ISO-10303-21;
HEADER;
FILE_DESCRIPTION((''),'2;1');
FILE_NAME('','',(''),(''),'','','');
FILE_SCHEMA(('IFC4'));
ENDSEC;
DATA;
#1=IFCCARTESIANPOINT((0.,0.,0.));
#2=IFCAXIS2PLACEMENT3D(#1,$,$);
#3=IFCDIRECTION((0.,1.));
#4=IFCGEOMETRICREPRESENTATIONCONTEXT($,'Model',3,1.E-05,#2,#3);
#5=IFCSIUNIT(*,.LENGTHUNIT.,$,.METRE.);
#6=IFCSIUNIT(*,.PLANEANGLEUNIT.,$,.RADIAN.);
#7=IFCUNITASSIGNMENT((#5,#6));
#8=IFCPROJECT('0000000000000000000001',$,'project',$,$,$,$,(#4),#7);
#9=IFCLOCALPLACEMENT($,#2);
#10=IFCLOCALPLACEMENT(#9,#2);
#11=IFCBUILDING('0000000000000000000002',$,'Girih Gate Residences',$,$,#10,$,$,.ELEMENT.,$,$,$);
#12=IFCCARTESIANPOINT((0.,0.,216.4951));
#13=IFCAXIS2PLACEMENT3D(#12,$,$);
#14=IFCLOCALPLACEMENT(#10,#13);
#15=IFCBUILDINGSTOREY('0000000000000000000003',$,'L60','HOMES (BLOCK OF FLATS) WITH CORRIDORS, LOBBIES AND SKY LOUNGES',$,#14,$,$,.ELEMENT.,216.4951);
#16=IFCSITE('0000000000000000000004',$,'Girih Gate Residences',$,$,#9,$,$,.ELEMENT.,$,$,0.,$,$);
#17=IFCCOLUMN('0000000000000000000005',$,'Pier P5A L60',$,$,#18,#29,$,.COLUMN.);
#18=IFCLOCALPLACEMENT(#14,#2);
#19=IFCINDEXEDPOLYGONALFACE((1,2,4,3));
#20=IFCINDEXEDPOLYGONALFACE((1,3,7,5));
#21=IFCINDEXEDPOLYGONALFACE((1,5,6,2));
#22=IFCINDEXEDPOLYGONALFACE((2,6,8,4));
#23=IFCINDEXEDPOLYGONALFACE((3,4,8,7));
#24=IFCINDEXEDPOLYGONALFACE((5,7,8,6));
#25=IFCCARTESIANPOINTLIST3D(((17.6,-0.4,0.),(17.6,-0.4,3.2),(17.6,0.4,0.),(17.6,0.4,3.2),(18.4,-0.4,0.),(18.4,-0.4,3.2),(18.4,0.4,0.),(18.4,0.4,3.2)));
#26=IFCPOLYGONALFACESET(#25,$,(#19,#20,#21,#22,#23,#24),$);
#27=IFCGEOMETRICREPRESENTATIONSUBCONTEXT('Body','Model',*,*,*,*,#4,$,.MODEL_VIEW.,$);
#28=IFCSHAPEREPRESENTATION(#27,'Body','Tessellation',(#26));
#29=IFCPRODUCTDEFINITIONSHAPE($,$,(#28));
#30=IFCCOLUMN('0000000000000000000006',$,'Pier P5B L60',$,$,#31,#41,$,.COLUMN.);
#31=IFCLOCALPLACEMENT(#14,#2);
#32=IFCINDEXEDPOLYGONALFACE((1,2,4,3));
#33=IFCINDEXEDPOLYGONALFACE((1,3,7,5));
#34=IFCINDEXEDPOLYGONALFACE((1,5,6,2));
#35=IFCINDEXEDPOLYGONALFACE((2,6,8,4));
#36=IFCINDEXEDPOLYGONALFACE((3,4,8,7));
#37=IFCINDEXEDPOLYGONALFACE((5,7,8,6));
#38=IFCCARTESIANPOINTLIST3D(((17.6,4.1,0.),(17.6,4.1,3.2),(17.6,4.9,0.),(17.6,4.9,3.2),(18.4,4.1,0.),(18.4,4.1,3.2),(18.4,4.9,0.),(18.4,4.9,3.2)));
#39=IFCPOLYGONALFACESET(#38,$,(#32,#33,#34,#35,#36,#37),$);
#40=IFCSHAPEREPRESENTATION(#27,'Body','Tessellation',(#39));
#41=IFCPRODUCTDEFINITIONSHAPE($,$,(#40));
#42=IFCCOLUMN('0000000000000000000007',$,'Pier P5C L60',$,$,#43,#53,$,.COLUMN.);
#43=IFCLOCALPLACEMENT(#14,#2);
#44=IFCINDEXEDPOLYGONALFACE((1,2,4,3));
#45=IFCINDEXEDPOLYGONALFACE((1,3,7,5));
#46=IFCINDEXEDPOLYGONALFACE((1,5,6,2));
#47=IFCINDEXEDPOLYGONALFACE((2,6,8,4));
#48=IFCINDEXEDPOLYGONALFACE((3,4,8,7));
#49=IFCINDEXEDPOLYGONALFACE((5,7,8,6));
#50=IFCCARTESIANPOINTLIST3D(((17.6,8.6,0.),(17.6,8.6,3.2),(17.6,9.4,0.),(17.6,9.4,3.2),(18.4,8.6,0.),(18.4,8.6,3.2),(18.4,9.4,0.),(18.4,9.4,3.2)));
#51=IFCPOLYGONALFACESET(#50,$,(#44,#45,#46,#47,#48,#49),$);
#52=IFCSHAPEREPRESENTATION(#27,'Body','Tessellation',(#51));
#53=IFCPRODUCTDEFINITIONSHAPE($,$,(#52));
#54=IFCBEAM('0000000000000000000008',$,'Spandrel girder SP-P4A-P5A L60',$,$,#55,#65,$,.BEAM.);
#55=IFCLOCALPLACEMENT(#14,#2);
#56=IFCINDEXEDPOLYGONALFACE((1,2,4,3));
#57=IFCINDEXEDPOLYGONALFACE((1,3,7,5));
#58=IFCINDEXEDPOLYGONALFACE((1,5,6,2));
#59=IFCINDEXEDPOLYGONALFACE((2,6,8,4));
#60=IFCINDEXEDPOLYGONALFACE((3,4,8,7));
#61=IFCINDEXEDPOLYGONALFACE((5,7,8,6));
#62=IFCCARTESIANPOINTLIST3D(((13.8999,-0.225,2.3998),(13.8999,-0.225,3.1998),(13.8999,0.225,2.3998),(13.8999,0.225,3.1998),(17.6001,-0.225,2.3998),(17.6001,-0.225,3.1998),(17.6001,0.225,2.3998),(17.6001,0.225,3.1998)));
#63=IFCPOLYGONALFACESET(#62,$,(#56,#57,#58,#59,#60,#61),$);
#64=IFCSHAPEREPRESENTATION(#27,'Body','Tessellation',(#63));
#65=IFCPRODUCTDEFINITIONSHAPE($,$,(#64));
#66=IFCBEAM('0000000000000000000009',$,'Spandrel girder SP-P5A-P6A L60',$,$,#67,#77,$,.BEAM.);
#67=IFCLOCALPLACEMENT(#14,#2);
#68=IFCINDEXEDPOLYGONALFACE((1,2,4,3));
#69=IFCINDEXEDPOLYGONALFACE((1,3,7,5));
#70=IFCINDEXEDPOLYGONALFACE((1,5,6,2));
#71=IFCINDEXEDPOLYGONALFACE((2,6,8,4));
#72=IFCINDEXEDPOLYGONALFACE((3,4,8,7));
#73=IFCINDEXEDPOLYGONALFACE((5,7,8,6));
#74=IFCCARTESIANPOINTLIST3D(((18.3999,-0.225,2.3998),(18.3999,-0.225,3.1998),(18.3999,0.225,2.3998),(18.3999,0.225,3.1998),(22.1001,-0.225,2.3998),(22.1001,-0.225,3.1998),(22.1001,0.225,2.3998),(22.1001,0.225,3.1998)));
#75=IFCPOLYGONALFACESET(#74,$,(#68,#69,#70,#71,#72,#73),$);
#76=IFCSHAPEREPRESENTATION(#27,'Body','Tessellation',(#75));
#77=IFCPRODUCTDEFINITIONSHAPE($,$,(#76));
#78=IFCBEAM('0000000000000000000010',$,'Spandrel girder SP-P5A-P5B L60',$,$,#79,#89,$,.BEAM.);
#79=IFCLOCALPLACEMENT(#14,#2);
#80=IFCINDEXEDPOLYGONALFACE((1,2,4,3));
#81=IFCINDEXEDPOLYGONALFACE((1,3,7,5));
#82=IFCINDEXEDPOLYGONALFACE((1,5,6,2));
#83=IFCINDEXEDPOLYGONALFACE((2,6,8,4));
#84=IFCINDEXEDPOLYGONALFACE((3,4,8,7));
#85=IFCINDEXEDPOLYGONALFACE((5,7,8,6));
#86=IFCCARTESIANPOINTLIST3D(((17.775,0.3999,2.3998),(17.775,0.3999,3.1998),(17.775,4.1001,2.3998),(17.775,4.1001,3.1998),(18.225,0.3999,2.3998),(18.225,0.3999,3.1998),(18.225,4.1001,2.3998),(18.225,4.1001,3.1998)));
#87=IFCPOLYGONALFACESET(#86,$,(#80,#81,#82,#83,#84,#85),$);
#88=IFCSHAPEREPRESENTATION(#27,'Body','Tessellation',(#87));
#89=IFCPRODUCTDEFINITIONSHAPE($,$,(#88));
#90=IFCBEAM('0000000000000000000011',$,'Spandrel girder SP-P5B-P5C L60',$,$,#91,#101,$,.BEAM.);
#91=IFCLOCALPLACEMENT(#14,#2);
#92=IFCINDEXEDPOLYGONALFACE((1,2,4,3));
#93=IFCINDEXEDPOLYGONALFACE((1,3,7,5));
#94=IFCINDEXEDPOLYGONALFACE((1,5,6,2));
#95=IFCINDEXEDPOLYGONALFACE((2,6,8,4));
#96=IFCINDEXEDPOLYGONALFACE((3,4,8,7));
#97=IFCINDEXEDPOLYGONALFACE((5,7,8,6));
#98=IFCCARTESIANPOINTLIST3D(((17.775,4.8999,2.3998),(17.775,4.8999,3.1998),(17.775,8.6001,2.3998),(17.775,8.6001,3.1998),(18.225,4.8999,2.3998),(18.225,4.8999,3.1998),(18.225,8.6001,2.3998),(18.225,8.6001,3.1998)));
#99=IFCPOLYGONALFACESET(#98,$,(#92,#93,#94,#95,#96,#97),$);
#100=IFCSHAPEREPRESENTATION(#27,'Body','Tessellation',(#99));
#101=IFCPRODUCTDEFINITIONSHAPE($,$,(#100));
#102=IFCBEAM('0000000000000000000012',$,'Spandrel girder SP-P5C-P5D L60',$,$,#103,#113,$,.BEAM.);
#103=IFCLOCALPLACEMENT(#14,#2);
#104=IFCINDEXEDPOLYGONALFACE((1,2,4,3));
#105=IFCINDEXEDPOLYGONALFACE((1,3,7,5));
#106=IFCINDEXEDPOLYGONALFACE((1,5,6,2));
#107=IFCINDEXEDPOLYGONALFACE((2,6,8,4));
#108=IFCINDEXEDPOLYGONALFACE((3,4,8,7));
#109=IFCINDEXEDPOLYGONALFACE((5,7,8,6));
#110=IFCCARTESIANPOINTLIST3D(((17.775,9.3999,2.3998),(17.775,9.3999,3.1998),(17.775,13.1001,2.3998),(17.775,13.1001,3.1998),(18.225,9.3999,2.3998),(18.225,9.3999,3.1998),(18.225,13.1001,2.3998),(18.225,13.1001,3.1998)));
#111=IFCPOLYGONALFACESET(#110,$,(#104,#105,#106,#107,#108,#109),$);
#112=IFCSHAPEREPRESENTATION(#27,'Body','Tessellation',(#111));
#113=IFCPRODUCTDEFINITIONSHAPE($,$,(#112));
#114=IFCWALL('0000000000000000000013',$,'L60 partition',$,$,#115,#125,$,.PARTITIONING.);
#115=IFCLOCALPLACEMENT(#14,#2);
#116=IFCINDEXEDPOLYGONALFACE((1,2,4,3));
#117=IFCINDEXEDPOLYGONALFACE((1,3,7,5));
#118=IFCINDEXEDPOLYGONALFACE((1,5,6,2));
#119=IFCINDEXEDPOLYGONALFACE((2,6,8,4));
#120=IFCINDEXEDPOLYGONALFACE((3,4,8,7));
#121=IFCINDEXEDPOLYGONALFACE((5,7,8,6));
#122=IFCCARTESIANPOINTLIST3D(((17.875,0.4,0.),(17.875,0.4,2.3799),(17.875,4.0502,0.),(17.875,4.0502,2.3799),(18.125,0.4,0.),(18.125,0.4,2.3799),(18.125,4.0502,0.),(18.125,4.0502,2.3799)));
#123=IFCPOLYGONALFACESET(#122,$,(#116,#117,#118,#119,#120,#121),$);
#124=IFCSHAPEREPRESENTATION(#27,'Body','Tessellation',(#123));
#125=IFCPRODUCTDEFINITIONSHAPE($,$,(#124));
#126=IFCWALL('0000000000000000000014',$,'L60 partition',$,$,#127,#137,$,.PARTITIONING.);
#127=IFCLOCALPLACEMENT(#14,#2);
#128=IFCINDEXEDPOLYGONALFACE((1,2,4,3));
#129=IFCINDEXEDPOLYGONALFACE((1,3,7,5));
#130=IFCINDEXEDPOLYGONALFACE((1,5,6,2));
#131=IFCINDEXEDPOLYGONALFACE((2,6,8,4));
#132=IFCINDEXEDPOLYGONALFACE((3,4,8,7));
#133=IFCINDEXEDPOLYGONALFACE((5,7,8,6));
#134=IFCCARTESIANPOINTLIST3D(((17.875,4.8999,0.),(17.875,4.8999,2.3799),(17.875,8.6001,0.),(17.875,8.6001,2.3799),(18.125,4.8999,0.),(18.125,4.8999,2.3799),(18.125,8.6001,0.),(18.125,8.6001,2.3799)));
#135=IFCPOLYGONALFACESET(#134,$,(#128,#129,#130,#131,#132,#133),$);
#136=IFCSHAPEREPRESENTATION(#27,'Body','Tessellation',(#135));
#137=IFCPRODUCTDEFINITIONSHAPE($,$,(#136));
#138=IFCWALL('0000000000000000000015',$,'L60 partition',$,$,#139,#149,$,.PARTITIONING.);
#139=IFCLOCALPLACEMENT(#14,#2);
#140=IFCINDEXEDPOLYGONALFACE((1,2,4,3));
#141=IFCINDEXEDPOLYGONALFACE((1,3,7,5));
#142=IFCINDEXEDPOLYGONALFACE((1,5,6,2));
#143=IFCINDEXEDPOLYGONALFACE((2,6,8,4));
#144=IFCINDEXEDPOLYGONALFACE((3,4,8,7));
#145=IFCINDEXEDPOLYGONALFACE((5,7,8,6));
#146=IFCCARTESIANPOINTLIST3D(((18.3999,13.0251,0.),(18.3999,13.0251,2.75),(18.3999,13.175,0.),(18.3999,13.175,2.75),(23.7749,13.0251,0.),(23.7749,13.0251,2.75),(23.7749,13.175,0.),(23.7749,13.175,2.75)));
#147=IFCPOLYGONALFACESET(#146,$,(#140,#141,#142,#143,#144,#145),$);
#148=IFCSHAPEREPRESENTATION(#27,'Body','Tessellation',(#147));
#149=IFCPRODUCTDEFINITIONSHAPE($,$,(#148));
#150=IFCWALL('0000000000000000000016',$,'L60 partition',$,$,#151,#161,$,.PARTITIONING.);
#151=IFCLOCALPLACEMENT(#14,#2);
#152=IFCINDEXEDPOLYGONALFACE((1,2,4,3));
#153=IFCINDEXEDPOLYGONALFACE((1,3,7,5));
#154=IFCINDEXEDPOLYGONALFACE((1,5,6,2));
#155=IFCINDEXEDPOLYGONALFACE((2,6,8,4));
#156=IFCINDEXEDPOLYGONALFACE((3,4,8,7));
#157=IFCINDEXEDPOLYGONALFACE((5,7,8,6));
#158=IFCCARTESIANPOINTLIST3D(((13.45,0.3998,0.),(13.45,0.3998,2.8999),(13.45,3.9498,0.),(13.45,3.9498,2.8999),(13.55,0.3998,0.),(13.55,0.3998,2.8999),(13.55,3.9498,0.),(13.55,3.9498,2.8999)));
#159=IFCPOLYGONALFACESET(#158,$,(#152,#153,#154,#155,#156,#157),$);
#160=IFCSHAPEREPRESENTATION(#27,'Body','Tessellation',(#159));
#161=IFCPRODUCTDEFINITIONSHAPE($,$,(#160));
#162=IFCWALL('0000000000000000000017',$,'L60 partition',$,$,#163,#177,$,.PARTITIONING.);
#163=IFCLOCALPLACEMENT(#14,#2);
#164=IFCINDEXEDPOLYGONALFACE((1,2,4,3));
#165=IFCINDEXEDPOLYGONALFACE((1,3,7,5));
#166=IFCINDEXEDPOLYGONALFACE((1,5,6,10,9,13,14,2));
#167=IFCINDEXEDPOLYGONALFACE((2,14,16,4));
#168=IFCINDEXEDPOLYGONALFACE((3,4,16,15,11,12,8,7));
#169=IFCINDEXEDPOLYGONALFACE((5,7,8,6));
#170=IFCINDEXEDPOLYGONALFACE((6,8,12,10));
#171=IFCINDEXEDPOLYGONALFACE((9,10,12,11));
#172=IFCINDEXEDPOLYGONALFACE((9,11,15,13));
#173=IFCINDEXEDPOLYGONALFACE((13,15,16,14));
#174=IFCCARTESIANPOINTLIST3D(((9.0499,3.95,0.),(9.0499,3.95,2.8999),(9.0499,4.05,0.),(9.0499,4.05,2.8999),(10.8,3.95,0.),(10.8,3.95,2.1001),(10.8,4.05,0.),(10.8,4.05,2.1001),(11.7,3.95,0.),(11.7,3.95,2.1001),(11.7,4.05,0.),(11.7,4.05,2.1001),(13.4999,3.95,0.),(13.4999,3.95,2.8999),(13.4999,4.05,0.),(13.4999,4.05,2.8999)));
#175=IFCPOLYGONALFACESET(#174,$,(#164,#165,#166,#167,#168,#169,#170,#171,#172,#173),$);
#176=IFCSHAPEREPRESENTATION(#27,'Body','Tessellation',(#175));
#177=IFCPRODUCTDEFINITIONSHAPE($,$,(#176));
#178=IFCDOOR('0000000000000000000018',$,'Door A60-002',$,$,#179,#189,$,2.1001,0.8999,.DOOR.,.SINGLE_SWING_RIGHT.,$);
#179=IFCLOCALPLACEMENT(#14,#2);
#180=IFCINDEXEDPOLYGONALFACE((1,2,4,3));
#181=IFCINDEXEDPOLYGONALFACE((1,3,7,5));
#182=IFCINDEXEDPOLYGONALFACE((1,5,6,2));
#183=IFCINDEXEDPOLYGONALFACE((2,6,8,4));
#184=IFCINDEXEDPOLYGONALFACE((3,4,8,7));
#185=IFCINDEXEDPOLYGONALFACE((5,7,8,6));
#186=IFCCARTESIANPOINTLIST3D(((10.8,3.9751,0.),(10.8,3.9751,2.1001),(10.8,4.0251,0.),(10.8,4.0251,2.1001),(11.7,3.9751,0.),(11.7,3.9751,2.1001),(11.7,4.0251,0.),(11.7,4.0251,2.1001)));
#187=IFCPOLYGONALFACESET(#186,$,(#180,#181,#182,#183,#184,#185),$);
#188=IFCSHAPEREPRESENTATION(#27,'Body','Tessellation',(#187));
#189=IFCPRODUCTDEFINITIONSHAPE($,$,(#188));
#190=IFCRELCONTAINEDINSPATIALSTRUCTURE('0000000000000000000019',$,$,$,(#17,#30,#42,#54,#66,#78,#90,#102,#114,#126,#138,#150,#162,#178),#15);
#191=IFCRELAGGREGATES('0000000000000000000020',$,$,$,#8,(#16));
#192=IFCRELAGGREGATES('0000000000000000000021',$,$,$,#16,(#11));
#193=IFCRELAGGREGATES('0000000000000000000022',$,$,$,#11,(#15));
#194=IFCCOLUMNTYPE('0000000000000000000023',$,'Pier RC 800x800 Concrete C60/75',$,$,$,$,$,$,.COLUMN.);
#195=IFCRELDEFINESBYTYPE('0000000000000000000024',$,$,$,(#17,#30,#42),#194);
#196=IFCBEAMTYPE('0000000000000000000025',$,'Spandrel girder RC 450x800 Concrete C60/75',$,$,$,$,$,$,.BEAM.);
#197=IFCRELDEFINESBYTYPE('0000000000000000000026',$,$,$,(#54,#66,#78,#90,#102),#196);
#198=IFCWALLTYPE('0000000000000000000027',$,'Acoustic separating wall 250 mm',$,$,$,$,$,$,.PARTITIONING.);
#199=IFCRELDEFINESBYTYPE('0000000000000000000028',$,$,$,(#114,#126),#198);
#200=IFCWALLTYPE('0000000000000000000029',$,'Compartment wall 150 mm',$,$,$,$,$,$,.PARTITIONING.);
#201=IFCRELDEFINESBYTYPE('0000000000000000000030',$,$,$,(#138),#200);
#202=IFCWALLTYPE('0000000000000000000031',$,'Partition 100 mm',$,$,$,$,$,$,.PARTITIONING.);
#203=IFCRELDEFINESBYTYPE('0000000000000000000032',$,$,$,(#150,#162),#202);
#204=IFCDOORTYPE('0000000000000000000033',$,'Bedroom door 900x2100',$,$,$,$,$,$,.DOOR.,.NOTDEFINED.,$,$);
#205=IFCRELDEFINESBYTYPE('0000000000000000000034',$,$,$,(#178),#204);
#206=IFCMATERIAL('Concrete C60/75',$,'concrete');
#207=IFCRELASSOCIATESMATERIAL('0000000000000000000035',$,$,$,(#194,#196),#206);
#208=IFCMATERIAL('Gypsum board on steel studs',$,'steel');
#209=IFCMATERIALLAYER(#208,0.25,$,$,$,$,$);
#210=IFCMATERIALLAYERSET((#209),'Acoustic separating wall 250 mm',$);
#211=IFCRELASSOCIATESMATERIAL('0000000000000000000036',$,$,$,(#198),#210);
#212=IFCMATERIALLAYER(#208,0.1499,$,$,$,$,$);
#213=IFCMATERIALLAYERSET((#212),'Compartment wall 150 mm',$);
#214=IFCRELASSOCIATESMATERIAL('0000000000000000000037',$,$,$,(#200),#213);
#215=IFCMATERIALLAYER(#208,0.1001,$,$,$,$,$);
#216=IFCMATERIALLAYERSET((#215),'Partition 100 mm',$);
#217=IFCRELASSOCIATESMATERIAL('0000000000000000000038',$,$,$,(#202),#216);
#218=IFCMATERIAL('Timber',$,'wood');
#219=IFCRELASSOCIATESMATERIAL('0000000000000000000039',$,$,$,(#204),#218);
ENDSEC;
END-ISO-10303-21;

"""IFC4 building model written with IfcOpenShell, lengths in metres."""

from ifc_helpers import new_model, si_unit, direction, frame, frame_2d, origin, origin_2d, place, context, subcontext, project, spatial, rectangle, extrude, material, layer, layer_set, material_profile, profile_set, type_object, element, fill, save


model = new_model("IFC4")

# Units and contexts
model_context = context("Model", 3, precision=1e-05, world=origin(), true_north=direction((0.0, 1.0)))
body_context = subcontext(model_context, "Body", "Model", "MODEL_VIEW")
ifc_project = project(units=[si_unit("LENGTHUNIT", "METRE"), si_unit("PLANEANGLEUNIT", "RADIAN")], contexts=[model_context])

# Site, building, storey
site_placement = place(None, origin())
site = spatial("IfcSite", under=ifc_project, at=site_placement, Name="Girih Gate Residences", CompositionType="ELEMENT", RefElevation=0.0)
building_placement = place(site_placement, origin())
building = spatial("IfcBuilding", under=site, at=building_placement, Name="Girih Gate Residences", CompositionType="ELEMENT")
storey_placement = place(building_placement, frame((0.0, 0.0, 216.4951)))
storey = spatial("IfcBuildingStorey", under=building, at=storey_placement, Name="L60", Description="HOMES (BLOCK OF FLATS) WITH CORRIDORS, LOBBIES AND SKY LOUNGES", CompositionType="ELEMENT", Elevation=216.4951)

# Columns
ifc_material_1 = material(Name="Concrete C60/75", Category="concrete")
ifc_material_profile_1 = material_profile(ifc_material_1, rectangle(XDim=0.8, YDim=0.8, at=origin_2d()))
ifc_profile_set_1 = profile_set([ifc_material_profile_1], Name="Concrete C60/75")
column_type = type_object("IfcColumnType", Name="Pier RC 800x800 Concrete C60/75", PredefinedType="COLUMN", material=ifc_profile_set_1)
for number, where, z_axis, x_axis, name in (
    (1, (18.0, 0.0, 0.0), (0.0, 0.0, 1.0), (1.0, 0.0, 0.0), "Pier P5A L60"),
    (2, (18.0, 4.5, 0.0), (0.0, 0.0, 1.0), (1.0, 0.0, 0.0), "Pier P5B L60"),
    (3, (18.0, 9.0, 0.0), (0.0, 0.0, 1.0), (1.0, 0.0, 0.0), "Pier P5C L60"),
):
    element("IfcColumn", number, at=place(storey_placement, frame(where, z_axis=z_axis, x_axis=x_axis)), inside=storey, type_object=column_type, Name=name, PredefinedType="COLUMN", context=body_context, shape_type="SweptSolid", body=[
        extrude(rectangle(XDim=0.8, YDim=0.8, at=origin_2d()), origin(), (0.0, 0.0, 1.0), 3.2),
    ])

# Beams
ifc_material_profile_2 = material_profile(ifc_material_1, rectangle(XDim=0.45, YDim=0.8, at=origin_2d()))
ifc_profile_set_2 = profile_set([ifc_material_profile_2], Name="Concrete C60/75")
beam_type = type_object("IfcBeamType", Name="Spandrel girder RC 450x800 Concrete C60/75", PredefinedType="BEAM", material=ifc_profile_set_2)
for number, where, z_axis, x_axis, name in (
    (4, (13.8999, 0.0, 2.7998), (1.0, 0.0, 0.0), (0.0, 1.0, 0.0), "Spandrel girder SP-P4A-P5A L60"),
    (5, (18.3999, 0.0, 2.7998), (1.0, 0.0, 0.0), (0.0, 1.0, 0.0), "Spandrel girder SP-P5A-P6A L60"),
    (6, (18.0, 0.3999, 2.7998), (0.0, 1.0, 0.0), (-1.0, 0.0, 0.0), "Spandrel girder SP-P5A-P5B L60"),
    (7, (18.0, 4.8999, 2.7998), (0.0, 1.0, 0.0), (-1.0, 0.0, 0.0), "Spandrel girder SP-P5B-P5C L60"),
    (8, (18.0, 9.3999, 2.7998), (0.0, 1.0, 0.0), (-1.0, 0.0, 0.0), "Spandrel girder SP-P5C-P5D L60"),
):
    element("IfcBeam", number, at=place(storey_placement, frame(where, z_axis=z_axis, x_axis=x_axis)), inside=storey, type_object=beam_type, Name=name, PredefinedType="BEAM", context=body_context, shape_type="SweptSolid", body=[
        extrude(rectangle(XDim=0.45, YDim=0.8, at=origin_2d()), origin(), (0.0, 0.0, 1.0), 3.7002),
    ])

# Walls
ifc_material_2 = material(Name="Gypsum board on steel studs", Category="steel")
ifc_layer_1 = layer(ifc_material_2, 0.25)
ifc_layer_set_1 = layer_set([ifc_layer_1], Name="Acoustic separating wall 250 mm")
wall_type_1 = type_object("IfcWallType", Name="Acoustic separating wall 250 mm", PredefinedType="PARTITIONING", material=ifc_layer_set_1)
wall_1_placement = place(storey_placement, frame((18.0, 0.3999, 0.0), z_axis=(0.0, 0.0, 1.0), x_axis=(0.0, 1.0, 0.0)))
element("IfcWall", 9, at=wall_1_placement, inside=storey, type_object=wall_type_1, Name="L60 partition", PredefinedType="PARTITIONING", context=body_context, shape_type="SweptSolid", body=[
    extrude(rectangle(XDim=3.6501, YDim=0.25, at=frame_2d((1.8252, 0.0))), origin(), (0.0, 0.0, 1.0), 2.3799),
])
wall_2_placement = place(storey_placement, frame((18.0, 4.8999, 0.0), z_axis=(0.0, 0.0, 1.0), x_axis=(0.0, 1.0, 0.0)))
element("IfcWall", 10, at=wall_2_placement, inside=storey, type_object=wall_type_1, Name="L60 partition", PredefinedType="PARTITIONING", context=body_context, shape_type="SweptSolid", body=[
    extrude(rectangle(XDim=3.7002, YDim=0.25, at=frame_2d((1.8501, 0.0))), origin(), (0.0, 0.0, 1.0), 2.3799),
])

# Shared definitions
ifc_layer_2 = layer(ifc_material_2, 0.1499)
ifc_layer_set_2 = layer_set([ifc_layer_2], Name="Compartment wall 150 mm")
wall_type_2 = type_object("IfcWallType", Name="Compartment wall 150 mm", PredefinedType="PARTITIONING", material=ifc_layer_set_2)

# Walls
wall_3_placement = place(storey_placement, frame((18.3999, 13.1001, 0.0), z_axis=(0.0, 0.0, 1.0), x_axis=(1.0, 0.0, 0.0)))
element("IfcWall", 11, at=wall_3_placement, inside=storey, type_object=wall_type_2, Name="L60 partition", PredefinedType="PARTITIONING", context=body_context, shape_type="SweptSolid", body=[
    extrude(rectangle(XDim=5.375, YDim=0.1499, at=frame_2d((2.6875, 0.0))), origin(), (0.0, 0.0, 1.0), 2.75),
])
ifc_layer_3 = layer(ifc_material_2, 0.1001)
ifc_layer_set_3 = layer_set([ifc_layer_3], Name="Partition 100 mm")
wall_type_3 = type_object("IfcWallType", Name="Partition 100 mm", PredefinedType="PARTITIONING", material=ifc_layer_set_3)
wall_4_placement = place(storey_placement, frame((13.5, 0.3999, 0.0), z_axis=(0.0, 0.0, 1.0), x_axis=(0.0, 1.0, 0.0)))
element("IfcWall", 12, at=wall_4_placement, inside=storey, type_object=wall_type_3, Name="L60 partition", PredefinedType="PARTITIONING", context=body_context, shape_type="SweptSolid", body=[
    extrude(rectangle(XDim=3.55, YDim=0.1001, at=frame_2d((1.7749, 0.0))), origin(), (0.0, 0.0, 1.0), 2.8999),
])

# Wall, opening, door
wall_5_placement = place(storey_placement, frame((13.5, 4.0, 0.0), z_axis=(0.0, 0.0, 1.0), x_axis=(-1.0, 0.0, 0.0)))
wall_5 = element("IfcWall", 13, at=wall_5_placement, inside=storey, type_object=wall_type_3, Name="L60 partition", PredefinedType="PARTITIONING", context=body_context, shape_type="SweptSolid", body=[
    extrude(rectangle(XDim=4.45, YDim=0.1001, at=frame_2d((2.2251, 0.0))), origin(), (0.0, 0.0, 1.0), 2.8999),
])
opening_1_placement = place(wall_5_placement, frame((1.8, 0.0, 0.0)))
opening_1 = element("IfcOpeningElement", 14, at=opening_1_placement, cuts=wall_5, PredefinedType="OPENING", context=body_context, shape_type="SweptSolid", body=[
    extrude(rectangle(XDim=0.8999, YDim=2.1001, at=frame_2d((0.45, 1.05))), frame((0.0, 0.0601, 0.0), z_axis=(0.0, -1.0, 0.0), x_axis=(1.0, 0.0, 0.0)), (0.0, 0.0, 1.0), 0.1201),
])
ifc_material_3 = material(Name="Timber", Category="wood")
door_type_1 = type_object("IfcDoorType", Name="Bedroom door 900x2100", OperationType="NOTDEFINED", PredefinedType="DOOR", material=ifc_material_3)
door_1_placement = place(opening_1_placement, origin())
door_1 = element("IfcDoor", 15, at=door_1_placement, inside=storey, type_object=door_type_1, Name="Door A60-002", OperationType="SINGLE_SWING_RIGHT", OverallHeight=2.1001, OverallWidth=0.8999, PredefinedType="DOOR", context=body_context, shape_type="SweptSolid", body=[
    extrude(rectangle(XDim=0.8999, YDim=2.1001, at=frame_2d((0.45, 1.05))), frame((0.0, 0.0249, 0.0), z_axis=(0.0, -1.0, 0.0), x_axis=(1.0, 0.0, 0.0)), (0.0, 0.0, 1.0), 0.05),
])
fill(opening_1, door_1)

save(model, "model.ifc")
